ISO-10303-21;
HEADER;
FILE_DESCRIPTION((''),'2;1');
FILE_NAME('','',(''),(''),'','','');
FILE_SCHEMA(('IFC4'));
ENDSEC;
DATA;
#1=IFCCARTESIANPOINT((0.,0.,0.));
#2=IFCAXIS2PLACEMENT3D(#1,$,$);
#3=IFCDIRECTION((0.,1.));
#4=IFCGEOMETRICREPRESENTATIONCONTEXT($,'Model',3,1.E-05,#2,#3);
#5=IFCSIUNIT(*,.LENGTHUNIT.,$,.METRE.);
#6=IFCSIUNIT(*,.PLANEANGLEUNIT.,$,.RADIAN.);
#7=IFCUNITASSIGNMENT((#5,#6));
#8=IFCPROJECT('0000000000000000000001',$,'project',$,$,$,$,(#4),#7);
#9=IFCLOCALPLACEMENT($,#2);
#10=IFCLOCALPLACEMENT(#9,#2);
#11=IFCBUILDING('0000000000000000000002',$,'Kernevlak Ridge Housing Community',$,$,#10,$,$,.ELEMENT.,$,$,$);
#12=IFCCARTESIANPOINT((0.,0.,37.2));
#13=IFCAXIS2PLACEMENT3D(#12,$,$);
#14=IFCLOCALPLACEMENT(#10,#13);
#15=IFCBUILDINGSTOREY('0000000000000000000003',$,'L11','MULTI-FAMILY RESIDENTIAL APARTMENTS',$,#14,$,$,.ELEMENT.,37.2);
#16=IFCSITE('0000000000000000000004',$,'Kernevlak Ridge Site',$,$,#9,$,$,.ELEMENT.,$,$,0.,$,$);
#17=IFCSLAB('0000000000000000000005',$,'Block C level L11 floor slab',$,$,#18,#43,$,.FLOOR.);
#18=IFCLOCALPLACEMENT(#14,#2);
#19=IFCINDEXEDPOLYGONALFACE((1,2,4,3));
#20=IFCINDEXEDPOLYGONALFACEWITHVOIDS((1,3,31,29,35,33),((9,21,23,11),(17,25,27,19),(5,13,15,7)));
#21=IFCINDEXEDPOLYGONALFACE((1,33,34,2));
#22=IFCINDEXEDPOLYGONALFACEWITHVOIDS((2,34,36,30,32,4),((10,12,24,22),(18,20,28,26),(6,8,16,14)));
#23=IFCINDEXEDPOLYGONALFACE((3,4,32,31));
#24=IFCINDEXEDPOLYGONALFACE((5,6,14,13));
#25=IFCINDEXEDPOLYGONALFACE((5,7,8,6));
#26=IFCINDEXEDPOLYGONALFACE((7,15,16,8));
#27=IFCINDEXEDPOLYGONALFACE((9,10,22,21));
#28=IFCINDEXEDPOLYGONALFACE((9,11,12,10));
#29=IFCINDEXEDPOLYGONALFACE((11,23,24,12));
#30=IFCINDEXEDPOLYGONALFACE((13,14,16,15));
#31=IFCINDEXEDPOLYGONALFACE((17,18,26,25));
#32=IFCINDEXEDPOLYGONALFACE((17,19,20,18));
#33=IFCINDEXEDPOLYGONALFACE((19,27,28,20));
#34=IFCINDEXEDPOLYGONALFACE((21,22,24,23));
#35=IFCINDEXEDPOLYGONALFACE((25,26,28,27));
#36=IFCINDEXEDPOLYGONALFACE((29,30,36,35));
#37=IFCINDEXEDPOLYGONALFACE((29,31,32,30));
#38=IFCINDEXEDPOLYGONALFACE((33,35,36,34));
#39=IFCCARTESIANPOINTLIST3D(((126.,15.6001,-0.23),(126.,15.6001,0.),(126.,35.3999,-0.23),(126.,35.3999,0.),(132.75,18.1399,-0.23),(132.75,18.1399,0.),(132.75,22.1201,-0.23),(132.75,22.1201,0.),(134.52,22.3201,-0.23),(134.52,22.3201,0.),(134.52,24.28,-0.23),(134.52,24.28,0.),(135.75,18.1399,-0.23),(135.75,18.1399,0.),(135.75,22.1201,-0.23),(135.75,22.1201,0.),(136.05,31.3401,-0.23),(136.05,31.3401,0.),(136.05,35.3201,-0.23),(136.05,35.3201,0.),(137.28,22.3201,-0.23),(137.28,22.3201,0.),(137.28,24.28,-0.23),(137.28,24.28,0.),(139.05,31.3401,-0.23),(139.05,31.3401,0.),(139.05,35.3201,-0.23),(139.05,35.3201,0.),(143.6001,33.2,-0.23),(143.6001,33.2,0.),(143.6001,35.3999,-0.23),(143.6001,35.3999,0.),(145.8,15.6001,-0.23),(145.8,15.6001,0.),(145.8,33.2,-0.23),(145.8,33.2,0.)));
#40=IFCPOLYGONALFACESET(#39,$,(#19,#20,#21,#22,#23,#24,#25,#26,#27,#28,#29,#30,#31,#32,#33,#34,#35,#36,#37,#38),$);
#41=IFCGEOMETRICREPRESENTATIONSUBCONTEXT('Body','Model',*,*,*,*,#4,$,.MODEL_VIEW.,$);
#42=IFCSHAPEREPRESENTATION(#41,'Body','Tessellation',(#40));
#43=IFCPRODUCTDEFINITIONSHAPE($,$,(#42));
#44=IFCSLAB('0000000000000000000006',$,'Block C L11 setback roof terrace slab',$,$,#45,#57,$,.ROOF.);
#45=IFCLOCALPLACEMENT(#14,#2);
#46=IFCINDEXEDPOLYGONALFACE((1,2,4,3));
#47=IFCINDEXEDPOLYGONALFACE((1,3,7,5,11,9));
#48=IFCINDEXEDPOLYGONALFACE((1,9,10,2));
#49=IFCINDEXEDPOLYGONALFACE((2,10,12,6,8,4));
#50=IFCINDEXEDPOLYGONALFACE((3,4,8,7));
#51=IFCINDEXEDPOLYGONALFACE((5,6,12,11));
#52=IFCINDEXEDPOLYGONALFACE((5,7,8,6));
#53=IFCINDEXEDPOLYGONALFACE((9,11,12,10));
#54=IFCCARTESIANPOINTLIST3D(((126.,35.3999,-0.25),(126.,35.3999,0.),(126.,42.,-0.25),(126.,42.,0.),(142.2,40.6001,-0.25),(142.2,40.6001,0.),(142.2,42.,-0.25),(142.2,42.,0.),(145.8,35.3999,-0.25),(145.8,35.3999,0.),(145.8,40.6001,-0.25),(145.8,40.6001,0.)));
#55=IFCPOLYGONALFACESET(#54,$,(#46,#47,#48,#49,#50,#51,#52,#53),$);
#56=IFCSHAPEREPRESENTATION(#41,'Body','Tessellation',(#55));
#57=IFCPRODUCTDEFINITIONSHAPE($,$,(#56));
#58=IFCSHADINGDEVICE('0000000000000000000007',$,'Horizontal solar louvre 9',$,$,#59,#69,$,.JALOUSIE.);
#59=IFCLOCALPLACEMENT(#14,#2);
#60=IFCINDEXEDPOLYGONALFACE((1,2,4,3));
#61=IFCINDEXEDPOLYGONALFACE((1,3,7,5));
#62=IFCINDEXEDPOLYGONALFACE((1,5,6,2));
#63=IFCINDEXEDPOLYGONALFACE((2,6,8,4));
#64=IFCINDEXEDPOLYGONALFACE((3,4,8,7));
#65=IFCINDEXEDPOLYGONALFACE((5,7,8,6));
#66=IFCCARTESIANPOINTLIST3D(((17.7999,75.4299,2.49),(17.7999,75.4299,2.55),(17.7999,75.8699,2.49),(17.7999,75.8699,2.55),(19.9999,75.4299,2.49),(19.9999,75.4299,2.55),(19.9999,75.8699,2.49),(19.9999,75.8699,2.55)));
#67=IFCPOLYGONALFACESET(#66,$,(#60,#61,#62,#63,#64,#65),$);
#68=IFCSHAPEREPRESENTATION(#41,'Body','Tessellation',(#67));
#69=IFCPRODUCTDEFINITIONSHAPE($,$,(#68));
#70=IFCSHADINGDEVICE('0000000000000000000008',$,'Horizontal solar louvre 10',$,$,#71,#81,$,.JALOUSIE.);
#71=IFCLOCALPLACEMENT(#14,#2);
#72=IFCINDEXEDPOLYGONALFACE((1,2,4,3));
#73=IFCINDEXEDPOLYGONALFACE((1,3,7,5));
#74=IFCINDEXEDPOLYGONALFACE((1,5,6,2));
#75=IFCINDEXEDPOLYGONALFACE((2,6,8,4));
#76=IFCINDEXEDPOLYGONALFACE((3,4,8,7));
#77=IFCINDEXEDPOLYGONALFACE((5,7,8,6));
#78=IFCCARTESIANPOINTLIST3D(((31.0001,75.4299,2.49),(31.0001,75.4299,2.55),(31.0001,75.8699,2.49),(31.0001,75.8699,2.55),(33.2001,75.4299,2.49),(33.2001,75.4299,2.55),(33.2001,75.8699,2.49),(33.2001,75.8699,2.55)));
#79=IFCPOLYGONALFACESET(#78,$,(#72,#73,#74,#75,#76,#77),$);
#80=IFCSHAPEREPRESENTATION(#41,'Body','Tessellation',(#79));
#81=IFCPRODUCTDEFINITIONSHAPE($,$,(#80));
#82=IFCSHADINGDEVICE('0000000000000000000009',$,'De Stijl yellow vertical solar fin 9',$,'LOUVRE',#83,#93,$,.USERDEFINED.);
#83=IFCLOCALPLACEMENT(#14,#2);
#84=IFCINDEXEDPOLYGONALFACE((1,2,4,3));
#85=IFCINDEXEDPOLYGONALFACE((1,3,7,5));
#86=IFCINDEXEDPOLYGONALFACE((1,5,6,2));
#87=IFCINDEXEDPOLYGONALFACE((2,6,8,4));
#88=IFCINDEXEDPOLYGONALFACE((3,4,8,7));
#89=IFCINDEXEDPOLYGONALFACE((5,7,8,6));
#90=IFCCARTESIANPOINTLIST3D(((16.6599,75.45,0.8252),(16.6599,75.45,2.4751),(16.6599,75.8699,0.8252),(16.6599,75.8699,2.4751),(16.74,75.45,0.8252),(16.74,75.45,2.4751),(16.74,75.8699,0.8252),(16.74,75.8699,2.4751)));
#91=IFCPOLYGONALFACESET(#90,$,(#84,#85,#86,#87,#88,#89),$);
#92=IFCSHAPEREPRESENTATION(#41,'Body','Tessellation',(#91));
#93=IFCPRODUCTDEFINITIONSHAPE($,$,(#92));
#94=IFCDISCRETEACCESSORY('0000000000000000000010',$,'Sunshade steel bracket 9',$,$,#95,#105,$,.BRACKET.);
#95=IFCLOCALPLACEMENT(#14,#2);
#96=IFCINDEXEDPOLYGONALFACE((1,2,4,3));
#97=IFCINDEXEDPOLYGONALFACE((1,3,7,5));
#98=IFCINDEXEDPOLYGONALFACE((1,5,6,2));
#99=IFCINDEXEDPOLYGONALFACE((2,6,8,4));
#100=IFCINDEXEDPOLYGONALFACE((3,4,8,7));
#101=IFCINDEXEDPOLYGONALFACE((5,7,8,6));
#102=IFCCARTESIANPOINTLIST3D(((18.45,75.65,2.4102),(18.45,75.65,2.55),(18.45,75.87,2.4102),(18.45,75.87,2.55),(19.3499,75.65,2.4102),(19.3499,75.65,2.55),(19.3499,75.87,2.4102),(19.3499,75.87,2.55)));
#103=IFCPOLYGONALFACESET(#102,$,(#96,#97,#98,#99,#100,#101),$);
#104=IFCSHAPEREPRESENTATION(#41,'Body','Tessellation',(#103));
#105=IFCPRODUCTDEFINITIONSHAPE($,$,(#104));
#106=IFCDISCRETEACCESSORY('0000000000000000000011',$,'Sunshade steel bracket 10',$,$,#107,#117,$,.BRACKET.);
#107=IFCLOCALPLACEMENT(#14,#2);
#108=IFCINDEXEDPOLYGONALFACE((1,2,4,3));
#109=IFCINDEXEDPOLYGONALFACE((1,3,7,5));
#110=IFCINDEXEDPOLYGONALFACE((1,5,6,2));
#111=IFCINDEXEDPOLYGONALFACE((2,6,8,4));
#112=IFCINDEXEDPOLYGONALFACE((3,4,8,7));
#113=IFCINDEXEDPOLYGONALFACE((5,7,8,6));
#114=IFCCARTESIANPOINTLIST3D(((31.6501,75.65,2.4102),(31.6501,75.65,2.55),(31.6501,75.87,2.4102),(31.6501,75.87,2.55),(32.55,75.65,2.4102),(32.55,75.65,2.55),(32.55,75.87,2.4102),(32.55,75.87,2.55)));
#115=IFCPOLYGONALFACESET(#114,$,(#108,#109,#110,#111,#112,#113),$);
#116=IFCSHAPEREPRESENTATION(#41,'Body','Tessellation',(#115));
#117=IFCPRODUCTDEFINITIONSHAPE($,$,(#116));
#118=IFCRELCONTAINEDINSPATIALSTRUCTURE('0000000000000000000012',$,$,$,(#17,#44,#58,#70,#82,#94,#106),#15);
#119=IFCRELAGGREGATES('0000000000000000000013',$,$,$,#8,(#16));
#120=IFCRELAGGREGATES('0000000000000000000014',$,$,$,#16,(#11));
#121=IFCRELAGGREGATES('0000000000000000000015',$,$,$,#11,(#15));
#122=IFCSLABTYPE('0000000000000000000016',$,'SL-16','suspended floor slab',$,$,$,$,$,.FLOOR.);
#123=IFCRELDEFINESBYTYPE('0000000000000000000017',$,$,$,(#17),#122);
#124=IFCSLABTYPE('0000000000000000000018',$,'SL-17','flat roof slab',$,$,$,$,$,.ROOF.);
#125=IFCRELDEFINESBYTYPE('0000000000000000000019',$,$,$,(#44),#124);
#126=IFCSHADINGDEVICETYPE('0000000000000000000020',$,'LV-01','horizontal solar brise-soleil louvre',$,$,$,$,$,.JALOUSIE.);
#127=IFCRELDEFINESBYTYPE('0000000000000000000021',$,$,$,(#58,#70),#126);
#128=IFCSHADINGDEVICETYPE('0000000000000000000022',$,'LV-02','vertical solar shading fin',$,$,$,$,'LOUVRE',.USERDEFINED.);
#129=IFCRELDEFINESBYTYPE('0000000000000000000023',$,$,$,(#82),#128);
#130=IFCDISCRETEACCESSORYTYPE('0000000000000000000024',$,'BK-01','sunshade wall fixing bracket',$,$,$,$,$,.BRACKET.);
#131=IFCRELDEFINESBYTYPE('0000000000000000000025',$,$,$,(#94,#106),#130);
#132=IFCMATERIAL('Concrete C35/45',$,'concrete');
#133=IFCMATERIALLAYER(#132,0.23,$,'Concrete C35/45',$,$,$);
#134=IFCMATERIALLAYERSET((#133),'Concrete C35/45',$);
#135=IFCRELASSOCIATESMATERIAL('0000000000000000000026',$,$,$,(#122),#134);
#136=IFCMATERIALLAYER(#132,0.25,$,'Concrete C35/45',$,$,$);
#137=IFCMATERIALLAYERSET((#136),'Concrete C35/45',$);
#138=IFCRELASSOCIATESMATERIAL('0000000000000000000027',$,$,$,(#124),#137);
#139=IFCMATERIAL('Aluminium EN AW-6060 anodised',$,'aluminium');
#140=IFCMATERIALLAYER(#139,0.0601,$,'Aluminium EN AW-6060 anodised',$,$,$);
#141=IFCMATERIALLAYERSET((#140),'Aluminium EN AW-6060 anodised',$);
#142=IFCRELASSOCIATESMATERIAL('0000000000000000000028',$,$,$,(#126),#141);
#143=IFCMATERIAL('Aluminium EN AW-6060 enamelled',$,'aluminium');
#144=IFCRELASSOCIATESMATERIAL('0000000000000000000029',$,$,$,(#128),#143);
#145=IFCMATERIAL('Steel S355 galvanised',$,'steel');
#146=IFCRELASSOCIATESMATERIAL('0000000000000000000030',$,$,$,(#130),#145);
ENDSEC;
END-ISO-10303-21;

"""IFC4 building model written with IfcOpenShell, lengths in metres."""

from ifc_helpers import new_model, si_unit, direction, frame, origin, origin_2d, place, context, subcontext, project, spatial, polyline, rectangle, outline, extrude, material, layer, layer_set, type_object, element, save


model = new_model("IFC4")

# Units and contexts
model_context = context("Model", 3, precision=1e-05, world=origin(), true_north=direction((0.0, 1.0)))
body_context = subcontext(model_context, "Body", "Model", "MODEL_VIEW")
ifc_project = project(units=[si_unit("LENGTHUNIT", "METRE"), si_unit("PLANEANGLEUNIT", "RADIAN")], contexts=[model_context])

# Site, building, storey
site_placement = place(None, origin())
site = spatial("IfcSite", under=ifc_project, at=site_placement, Name="Kernevlak Ridge Site", CompositionType="ELEMENT", RefElevation=0.0)
building_placement = place(site_placement, origin())
building = spatial("IfcBuilding", under=site, at=building_placement, Name="Kernevlak Ridge Housing Community", CompositionType="ELEMENT")
storey_placement = place(building_placement, frame((0.0, 0.0, 37.2)))
storey = spatial("IfcBuildingStorey", under=building, at=storey_placement, Name="L11", Description="MULTI-FAMILY RESIDENTIAL APARTMENTS", CompositionType="ELEMENT", Elevation=37.2)

# Shared definitions
ifc_material_1 = material(Name="Concrete C35/45", Category="concrete")

# Slabs
ifc_layer_1 = layer(ifc_material_1, 0.23, Name="Concrete C35/45")
ifc_layer_set_1 = layer_set([ifc_layer_1], Name="Concrete C35/45")
slab_type_1 = type_object("IfcSlabType", Name="SL-16", Description="suspended floor slab", PredefinedType="FLOOR", material=ifc_layer_set_1)
slab_1_placement = place(storey_placement, frame((0.0, 0.0, -0.23)))
element("IfcSlab", 1, at=slab_1_placement, inside=storey, type_object=slab_type_1, Name="Block C level L11 floor slab", PredefinedType="FLOOR", context=body_context, shape_type="SweptSolid", body=[
    extrude(outline(polyline([(145.8, 15.6001), (145.8, 33.2), (143.6001, 33.2), (143.6001, 35.3999), (126.0, 35.3999), (126.0, 15.6001), (145.8, 15.6001)]), holes=[polyline([(132.75, 18.1399), (132.75, 22.1201), (135.75, 22.1201), (135.75, 18.1399), (132.75, 18.1399)]), polyline([(136.05, 31.3401), (136.05, 35.3201), (139.05, 35.3201), (139.05, 31.3401), (136.05, 31.3401)]), polyline([(134.52, 24.28), (137.28, 24.28), (137.28, 22.3201), (134.52, 22.3201), (134.52, 24.28)])]), origin(), (0.0, 0.0, 1.0), 0.23),
])
ifc_layer_2 = layer(ifc_material_1, 0.25, Name="Concrete C35/45")
ifc_layer_set_2 = layer_set([ifc_layer_2], Name="Concrete C35/45")
slab_type_2 = type_object("IfcSlabType", Name="SL-17", Description="flat roof slab", PredefinedType="ROOF", material=ifc_layer_set_2)
slab_2_placement = place(storey_placement, frame((0.0, 0.0, -0.25)))
element("IfcSlab", 2, at=slab_2_placement, inside=storey, type_object=slab_type_2, Name="Block C L11 setback roof terrace slab", PredefinedType="ROOF", context=body_context, shape_type="SweptSolid", body=[
    extrude(outline(polyline([(145.8, 35.3999), (145.8, 40.6001), (142.2, 40.6001), (142.2, 42.0), (126.0, 42.0), (126.0, 35.3999), (145.8, 35.3999)])), origin(), (0.0, 0.0, 1.0), 0.25),
])

# Shading devices
ifc_material_2 = material(Name="Aluminium EN AW-6060 anodised", Category="aluminium")
ifc_layer_3 = layer(ifc_material_2, 0.0601, Name="Aluminium EN AW-6060 anodised")
ifc_layer_set_3 = layer_set([ifc_layer_3], Name="Aluminium EN AW-6060 anodised")
shading_device_type_1 = type_object("IfcShadingDeviceType", Name="LV-01", Description="horizontal solar brise-soleil louvre", PredefinedType="JALOUSIE", material=ifc_layer_set_3)
for number, where, z_axis, x_axis, name in (
    (3, (18.8999, 75.6499, 2.49), (0.0, 0.0, 1.0), (1.0, 0.0, 0.0), "Horizontal solar louvre 9"),
    (4, (32.1001, 75.6499, 2.49), (0.0, 0.0, 1.0), (1.0, 0.0, 0.0), "Horizontal solar louvre 10"),
):
    element("IfcShadingDevice", number, at=place(storey_placement, frame(where, z_axis=z_axis, x_axis=x_axis)), inside=storey, type_object=shading_device_type_1, Name=name, PredefinedType="JALOUSIE", context=body_context, shape_type="SweptSolid", body=[
        extrude(rectangle(XDim=2.2, YDim=0.4399, at=origin_2d()), origin(), (0.0, 0.0, 1.0), 0.0601),
    ])
ifc_material_3 = material(Name="Aluminium EN AW-6060 enamelled", Category="aluminium")
shading_device_type_2 = type_object("IfcShadingDeviceType", Name="LV-02", Description="vertical solar shading fin", ElementType="LOUVRE", PredefinedType="USERDEFINED", material=ifc_material_3)
shading_device_placement = place(storey_placement, frame((16.7, 75.6599, 0.8252), z_axis=(0.0, 0.0, 1.0), x_axis=(1.0, 0.0, 0.0)))
element("IfcShadingDevice", 5, at=shading_device_placement, inside=storey, type_object=shading_device_type_2, Name="De Stijl yellow vertical solar fin 9", ObjectType="LOUVRE", PredefinedType="USERDEFINED", context=body_context, shape_type="SweptSolid", body=[
    extrude(rectangle(XDim=0.0801, YDim=0.4199, at=origin_2d()), origin(), (0.0, 0.0, 1.0), 1.6499),
])

# Discrete accessories
ifc_material_4 = material(Name="Steel S355 galvanised", Category="steel")
discrete_accessory_type = type_object("IfcDiscreteAccessoryType", Name="BK-01", Description="sunshade wall fixing bracket", PredefinedType="BRACKET", material=ifc_material_4)
for number, where, z_axis, x_axis, name in (
    (6, (18.8999, 75.76, 2.4102), (0.0, 0.0, 1.0), (1.0, 0.0, 0.0), "Sunshade steel bracket 9"),
    (7, (32.1001, 75.76, 2.4102), (0.0, 0.0, 1.0), (1.0, 0.0, 0.0), "Sunshade steel bracket 10"),
):
    element("IfcDiscreteAccessory", number, at=place(storey_placement, frame(where, z_axis=z_axis, x_axis=x_axis)), inside=storey, type_object=discrete_accessory_type, Name=name, PredefinedType="BRACKET", context=body_context, shape_type="SweptSolid", body=[
        extrude(rectangle(XDim=0.8999, YDim=0.22, at=origin_2d()), origin(), (0.0, 0.0, 1.0), 0.1399),
    ])

save(model, "model.ifc")
